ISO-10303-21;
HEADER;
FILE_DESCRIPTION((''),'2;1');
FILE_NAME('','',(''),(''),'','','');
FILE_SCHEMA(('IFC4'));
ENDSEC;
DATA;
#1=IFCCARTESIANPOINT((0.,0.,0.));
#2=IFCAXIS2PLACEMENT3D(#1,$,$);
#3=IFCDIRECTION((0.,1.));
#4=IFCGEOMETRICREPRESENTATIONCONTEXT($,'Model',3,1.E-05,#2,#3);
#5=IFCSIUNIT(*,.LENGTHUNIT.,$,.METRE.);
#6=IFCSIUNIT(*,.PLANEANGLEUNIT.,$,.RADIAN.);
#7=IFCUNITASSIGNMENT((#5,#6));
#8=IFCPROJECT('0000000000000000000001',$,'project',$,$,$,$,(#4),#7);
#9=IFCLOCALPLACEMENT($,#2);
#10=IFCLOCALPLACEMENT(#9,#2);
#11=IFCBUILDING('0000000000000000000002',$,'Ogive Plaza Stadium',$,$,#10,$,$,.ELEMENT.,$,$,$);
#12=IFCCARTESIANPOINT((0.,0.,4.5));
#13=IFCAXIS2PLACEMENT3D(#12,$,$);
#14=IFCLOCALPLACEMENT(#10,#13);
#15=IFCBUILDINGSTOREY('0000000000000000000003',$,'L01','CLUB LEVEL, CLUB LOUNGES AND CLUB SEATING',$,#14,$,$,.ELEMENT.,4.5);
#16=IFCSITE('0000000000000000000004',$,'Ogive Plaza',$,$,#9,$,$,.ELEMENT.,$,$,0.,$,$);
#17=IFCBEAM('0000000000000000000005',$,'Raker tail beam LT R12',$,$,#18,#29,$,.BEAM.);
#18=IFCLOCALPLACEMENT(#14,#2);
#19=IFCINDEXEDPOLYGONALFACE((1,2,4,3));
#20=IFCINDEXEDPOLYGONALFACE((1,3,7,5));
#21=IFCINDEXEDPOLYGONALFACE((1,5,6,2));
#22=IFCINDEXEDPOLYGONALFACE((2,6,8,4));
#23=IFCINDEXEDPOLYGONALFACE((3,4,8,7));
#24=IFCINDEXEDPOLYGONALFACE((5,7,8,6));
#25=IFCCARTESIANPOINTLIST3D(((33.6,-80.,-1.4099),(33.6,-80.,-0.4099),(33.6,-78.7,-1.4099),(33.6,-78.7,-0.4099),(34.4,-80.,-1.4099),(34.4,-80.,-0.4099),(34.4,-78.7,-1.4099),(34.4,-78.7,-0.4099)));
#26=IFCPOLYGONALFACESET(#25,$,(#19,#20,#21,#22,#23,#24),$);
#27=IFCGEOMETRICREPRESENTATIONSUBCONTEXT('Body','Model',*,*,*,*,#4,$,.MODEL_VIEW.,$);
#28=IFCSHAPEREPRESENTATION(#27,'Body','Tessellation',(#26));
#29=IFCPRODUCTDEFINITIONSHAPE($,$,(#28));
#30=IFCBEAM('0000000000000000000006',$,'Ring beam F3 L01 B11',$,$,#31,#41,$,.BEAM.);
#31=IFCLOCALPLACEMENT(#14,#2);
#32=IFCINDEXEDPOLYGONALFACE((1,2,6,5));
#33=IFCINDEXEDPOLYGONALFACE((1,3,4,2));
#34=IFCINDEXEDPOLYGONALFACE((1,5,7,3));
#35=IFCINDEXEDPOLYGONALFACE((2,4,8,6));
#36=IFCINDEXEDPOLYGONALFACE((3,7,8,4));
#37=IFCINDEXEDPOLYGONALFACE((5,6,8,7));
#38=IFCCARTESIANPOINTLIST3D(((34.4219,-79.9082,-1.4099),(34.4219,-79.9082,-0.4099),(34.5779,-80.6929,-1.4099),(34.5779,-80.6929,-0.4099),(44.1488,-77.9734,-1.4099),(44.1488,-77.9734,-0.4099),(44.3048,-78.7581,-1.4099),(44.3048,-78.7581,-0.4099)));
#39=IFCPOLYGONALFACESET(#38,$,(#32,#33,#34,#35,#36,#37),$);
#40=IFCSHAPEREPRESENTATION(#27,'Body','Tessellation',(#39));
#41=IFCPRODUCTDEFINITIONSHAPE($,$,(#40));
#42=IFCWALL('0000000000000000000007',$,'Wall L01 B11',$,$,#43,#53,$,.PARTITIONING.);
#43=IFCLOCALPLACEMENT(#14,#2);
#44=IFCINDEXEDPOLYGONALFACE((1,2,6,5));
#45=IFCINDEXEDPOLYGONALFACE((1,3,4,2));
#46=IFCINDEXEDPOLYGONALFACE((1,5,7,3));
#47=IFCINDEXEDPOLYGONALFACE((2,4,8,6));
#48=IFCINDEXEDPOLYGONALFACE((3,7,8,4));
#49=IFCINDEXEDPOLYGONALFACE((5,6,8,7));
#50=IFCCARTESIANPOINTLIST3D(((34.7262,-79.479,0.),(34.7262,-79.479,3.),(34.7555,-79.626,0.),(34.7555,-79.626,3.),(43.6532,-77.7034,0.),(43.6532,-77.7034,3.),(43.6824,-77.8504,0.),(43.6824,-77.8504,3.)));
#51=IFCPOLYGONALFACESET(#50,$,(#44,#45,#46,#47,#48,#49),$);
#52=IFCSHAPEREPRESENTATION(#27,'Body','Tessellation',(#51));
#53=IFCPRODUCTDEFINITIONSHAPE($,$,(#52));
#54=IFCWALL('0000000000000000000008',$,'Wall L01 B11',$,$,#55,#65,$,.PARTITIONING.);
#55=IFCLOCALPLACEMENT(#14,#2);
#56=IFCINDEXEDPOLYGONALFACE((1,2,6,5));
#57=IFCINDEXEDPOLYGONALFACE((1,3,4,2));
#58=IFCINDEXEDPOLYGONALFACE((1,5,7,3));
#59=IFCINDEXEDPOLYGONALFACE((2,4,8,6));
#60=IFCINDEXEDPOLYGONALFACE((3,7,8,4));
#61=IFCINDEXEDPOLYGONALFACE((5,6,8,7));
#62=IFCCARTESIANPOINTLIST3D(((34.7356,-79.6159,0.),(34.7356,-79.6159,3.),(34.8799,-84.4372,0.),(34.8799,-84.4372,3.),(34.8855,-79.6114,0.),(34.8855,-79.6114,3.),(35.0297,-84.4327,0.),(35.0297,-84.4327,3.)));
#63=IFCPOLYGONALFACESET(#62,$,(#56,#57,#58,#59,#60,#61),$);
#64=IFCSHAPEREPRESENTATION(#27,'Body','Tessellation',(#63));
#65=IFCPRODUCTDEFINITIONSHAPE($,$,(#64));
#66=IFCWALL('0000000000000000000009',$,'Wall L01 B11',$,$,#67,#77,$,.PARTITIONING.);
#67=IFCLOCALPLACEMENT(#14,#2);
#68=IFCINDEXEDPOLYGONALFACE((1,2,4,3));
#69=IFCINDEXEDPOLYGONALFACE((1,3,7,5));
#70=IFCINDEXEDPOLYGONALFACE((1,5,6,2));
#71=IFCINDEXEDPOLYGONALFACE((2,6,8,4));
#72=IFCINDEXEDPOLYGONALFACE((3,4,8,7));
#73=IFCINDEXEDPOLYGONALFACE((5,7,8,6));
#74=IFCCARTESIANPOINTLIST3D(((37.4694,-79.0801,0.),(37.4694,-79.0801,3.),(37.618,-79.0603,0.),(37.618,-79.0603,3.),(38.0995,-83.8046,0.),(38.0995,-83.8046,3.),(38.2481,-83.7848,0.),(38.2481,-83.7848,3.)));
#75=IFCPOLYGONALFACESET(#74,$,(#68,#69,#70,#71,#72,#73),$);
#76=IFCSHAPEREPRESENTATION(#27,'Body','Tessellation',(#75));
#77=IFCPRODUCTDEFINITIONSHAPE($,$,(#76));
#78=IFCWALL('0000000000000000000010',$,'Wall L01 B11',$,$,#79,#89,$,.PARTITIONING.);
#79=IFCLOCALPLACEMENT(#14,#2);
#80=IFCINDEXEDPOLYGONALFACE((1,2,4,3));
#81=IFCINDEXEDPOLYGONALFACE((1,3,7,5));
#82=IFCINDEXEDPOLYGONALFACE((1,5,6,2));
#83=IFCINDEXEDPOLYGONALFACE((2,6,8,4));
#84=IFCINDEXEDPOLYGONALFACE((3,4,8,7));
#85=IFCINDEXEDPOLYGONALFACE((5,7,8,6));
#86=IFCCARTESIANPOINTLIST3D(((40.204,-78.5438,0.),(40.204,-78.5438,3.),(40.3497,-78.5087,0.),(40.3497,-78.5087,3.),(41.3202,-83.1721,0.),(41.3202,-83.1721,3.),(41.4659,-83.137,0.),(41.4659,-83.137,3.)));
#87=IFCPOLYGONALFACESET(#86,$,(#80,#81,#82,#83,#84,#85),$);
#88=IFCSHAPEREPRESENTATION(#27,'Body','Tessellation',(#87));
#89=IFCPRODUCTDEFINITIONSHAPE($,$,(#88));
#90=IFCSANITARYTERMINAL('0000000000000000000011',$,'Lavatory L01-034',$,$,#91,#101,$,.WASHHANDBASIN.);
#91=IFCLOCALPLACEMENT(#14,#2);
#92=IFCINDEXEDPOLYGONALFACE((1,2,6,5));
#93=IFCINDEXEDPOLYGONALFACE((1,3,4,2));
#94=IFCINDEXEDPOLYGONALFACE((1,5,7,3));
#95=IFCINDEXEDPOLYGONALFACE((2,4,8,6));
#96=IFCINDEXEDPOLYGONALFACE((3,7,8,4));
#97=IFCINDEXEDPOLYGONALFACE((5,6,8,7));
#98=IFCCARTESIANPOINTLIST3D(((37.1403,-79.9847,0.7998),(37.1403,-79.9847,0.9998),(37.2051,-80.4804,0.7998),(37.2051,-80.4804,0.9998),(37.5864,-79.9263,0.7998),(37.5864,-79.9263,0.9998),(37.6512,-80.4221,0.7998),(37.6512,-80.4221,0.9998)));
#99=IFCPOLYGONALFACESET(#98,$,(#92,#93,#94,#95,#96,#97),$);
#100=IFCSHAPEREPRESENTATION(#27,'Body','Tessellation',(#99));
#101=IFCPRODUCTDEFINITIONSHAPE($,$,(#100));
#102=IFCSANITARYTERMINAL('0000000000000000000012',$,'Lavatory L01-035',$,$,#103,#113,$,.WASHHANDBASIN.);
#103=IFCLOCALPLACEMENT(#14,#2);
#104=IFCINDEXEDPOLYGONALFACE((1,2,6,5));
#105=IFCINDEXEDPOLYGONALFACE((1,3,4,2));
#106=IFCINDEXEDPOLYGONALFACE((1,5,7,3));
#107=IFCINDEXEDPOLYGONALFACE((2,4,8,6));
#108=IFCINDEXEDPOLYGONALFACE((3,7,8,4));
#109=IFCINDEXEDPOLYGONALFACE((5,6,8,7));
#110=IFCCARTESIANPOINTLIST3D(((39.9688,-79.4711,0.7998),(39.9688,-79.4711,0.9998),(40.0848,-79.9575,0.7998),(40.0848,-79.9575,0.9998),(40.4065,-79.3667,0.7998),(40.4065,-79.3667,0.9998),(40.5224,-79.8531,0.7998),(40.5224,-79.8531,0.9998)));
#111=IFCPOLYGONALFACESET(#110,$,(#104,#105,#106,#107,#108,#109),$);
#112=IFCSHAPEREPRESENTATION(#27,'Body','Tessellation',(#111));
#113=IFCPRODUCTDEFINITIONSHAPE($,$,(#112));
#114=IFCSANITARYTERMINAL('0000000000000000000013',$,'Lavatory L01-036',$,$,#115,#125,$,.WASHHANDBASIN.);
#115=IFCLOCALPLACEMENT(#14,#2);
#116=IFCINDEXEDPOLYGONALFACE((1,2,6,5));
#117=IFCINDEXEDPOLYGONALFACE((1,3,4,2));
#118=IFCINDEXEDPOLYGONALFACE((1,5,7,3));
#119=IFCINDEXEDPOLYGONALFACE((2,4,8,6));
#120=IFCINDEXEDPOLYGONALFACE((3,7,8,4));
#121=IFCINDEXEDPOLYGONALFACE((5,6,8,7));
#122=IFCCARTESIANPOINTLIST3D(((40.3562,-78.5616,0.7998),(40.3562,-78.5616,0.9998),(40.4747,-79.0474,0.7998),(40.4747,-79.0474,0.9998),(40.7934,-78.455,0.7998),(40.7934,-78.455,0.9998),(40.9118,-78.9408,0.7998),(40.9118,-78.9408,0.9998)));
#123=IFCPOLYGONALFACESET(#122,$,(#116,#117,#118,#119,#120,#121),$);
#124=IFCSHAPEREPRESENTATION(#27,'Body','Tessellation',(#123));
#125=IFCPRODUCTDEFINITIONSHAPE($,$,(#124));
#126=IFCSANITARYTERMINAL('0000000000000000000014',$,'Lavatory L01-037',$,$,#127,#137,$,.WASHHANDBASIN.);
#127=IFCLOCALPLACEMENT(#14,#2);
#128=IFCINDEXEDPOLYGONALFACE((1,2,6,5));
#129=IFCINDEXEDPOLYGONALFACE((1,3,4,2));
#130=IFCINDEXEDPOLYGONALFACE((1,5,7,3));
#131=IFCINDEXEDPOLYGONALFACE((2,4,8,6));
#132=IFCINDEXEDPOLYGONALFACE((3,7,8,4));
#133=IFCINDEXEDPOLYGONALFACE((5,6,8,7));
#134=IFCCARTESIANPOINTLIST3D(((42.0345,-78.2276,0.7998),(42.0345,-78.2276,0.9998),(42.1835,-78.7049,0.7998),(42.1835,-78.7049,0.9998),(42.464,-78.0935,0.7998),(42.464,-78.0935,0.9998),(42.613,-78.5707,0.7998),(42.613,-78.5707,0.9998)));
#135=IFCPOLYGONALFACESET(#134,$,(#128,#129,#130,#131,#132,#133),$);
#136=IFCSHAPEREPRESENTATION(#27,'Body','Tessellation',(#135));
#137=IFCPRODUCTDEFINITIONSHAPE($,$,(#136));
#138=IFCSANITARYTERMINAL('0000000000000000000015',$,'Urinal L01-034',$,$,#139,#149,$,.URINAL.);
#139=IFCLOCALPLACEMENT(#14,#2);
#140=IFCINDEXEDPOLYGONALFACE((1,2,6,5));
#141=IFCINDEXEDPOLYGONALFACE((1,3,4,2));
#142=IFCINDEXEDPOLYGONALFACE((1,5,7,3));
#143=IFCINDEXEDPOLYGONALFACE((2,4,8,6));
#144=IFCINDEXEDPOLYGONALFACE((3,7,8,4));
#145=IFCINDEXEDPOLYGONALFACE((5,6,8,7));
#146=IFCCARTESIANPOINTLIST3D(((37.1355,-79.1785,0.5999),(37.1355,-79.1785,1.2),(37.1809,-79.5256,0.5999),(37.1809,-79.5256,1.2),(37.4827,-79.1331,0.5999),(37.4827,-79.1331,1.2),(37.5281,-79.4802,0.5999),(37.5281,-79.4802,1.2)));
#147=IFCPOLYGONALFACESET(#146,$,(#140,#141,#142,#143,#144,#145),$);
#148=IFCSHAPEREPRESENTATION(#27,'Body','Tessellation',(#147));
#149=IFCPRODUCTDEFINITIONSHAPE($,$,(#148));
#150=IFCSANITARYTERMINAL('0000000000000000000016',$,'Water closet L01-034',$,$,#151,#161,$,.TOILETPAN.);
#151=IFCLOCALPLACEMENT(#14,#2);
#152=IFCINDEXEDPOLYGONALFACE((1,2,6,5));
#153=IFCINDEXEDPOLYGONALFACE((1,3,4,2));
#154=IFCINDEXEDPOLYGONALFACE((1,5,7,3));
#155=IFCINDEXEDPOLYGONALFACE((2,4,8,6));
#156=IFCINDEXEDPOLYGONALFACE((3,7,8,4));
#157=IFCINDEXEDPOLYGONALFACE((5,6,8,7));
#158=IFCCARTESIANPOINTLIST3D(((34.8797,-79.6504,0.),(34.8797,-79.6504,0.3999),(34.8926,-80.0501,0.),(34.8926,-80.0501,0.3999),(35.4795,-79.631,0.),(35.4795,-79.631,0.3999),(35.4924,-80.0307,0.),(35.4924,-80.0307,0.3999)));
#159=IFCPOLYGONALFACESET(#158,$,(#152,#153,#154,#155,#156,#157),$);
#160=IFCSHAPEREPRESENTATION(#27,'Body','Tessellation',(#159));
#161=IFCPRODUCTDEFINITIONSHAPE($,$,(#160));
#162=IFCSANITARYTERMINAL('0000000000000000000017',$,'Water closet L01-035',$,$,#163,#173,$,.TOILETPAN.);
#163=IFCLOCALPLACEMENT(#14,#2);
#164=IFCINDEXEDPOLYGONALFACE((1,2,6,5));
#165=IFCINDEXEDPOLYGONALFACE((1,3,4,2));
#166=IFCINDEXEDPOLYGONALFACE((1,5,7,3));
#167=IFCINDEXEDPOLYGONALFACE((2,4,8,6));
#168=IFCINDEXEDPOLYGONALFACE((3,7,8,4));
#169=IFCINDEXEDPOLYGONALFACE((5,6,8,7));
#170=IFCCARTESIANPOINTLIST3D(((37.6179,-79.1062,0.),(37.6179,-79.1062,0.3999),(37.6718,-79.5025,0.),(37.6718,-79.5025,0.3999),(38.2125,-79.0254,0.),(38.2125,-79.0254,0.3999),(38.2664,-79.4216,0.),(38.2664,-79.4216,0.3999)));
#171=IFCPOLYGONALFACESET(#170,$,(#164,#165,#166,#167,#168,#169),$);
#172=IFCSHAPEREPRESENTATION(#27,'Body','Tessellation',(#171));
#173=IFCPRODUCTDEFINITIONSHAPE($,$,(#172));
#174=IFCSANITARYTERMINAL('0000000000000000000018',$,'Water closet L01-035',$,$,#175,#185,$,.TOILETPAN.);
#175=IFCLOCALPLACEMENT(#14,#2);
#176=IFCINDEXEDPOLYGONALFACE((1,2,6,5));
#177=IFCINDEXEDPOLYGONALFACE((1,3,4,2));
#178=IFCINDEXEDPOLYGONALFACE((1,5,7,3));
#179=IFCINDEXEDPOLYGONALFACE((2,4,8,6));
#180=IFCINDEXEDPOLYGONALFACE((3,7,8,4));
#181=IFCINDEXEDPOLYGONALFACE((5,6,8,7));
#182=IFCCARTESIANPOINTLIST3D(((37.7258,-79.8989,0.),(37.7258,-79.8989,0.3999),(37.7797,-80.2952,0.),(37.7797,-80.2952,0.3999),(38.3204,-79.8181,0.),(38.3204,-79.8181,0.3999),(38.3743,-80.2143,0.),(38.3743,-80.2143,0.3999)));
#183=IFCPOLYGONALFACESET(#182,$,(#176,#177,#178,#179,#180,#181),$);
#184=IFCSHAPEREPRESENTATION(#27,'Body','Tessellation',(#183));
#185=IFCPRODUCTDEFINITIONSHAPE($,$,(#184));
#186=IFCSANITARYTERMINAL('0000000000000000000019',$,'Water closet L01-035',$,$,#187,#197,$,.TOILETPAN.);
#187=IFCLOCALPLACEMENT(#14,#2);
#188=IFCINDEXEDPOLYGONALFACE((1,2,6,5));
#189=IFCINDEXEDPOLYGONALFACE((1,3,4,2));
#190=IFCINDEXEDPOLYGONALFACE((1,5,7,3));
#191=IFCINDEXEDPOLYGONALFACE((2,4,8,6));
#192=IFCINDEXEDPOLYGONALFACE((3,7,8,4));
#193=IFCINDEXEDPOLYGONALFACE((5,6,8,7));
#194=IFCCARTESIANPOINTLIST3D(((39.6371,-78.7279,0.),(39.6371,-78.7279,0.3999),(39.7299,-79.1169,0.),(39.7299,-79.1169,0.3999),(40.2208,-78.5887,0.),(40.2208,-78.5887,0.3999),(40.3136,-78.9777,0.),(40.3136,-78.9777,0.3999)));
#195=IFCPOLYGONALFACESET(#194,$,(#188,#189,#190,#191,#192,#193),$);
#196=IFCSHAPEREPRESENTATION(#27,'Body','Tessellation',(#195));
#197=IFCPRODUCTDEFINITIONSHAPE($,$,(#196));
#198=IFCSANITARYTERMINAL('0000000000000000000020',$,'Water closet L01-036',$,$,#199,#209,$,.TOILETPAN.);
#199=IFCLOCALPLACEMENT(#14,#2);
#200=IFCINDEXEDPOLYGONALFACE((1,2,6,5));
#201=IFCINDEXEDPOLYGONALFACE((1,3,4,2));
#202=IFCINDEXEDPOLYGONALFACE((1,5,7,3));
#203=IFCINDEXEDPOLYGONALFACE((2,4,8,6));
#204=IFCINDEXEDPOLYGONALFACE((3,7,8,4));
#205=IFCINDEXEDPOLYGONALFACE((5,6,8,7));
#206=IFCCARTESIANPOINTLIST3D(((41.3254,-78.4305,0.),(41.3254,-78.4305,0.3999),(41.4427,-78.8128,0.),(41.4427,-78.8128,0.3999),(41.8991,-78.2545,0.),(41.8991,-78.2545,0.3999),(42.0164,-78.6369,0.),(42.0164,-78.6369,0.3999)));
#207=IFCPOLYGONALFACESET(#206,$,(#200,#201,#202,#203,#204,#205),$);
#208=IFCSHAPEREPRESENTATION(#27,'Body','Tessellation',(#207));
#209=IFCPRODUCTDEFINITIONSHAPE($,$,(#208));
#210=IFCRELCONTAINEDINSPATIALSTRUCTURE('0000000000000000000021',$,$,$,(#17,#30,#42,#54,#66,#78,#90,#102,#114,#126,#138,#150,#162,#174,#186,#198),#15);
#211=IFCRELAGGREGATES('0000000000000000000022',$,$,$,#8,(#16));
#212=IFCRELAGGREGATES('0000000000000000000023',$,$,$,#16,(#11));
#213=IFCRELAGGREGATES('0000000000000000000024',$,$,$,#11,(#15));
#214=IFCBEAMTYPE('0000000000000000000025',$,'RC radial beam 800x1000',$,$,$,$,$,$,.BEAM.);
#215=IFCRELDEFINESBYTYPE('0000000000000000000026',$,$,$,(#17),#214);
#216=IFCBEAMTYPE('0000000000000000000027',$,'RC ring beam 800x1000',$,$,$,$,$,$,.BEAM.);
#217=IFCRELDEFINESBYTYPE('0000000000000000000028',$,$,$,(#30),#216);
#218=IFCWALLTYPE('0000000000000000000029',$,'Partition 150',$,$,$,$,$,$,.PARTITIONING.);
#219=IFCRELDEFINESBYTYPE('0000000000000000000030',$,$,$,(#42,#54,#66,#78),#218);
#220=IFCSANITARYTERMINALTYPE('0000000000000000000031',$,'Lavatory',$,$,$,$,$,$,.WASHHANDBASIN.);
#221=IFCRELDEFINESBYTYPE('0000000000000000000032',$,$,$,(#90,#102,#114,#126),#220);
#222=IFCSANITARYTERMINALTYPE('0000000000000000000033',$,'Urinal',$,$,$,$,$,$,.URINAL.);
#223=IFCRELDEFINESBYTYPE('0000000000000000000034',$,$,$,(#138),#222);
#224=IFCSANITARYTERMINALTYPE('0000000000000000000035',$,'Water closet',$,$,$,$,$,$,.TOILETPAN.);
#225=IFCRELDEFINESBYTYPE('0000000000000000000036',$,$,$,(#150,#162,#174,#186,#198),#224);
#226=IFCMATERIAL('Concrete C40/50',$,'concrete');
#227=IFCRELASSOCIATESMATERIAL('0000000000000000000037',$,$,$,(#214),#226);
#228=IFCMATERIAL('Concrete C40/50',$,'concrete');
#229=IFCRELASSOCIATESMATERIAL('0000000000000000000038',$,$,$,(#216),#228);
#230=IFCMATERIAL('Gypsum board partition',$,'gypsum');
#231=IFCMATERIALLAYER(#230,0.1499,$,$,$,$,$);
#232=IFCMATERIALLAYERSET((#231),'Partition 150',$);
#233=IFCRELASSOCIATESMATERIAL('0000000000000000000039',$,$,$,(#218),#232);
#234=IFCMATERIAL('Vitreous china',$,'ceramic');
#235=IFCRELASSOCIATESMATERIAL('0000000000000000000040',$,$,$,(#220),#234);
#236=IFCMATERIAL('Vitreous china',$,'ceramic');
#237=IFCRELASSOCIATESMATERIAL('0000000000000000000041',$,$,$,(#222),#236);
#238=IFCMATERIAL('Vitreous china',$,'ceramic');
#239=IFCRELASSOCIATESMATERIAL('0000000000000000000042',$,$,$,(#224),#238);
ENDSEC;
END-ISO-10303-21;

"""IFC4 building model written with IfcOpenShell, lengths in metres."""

from ifc_helpers import new_model, si_unit, direction, frame, frame_2d, origin, origin_2d, place, context, subcontext, project, spatial, rectangle, extrude, material, layer, layer_set, material_profile, profile_set, type_object, element, save


model = new_model("IFC4")

# Units and contexts
model_context = context("Model", 3, precision=1e-05, world=origin(), true_north=direction((0.0, 1.0)))
body_context = subcontext(model_context, "Body", "Model", "MODEL_VIEW")
ifc_project = project(units=[si_unit("LENGTHUNIT", "METRE"), si_unit("PLANEANGLEUNIT", "RADIAN")], contexts=[model_context])

# Site, building, storey
site_placement = place(None, origin())
site = spatial("IfcSite", under=ifc_project, at=site_placement, Name="Ogive Plaza", CompositionType="ELEMENT", RefElevation=0.0)
building_placement = place(site_placement, origin())
building = spatial("IfcBuilding", under=site, at=building_placement, Name="Ogive Plaza Stadium", CompositionType="ELEMENT")
storey_placement = place(building_placement, frame((0.0, 0.0, 4.5)))
storey = spatial("IfcBuildingStorey", under=building, at=storey_placement, Name="L01", Description="CLUB LEVEL, CLUB LOUNGES AND CLUB SEATING", CompositionType="ELEMENT", Elevation=4.5)

# Beams
ifc_material_1 = material(Name="Concrete C40/50", Category="concrete")
ifc_material_profile_1 = material_profile(ifc_material_1, rectangle(XDim=0.8, YDim=1.0, at=origin_2d()), Name="RC 800x1000")
ifc_profile_set_1 = profile_set([ifc_material_profile_1], Name="Concrete C40/50")
beam_type_1 = type_object("IfcBeamType", Name="RC radial beam 800x1000", PredefinedType="BEAM", material=ifc_profile_set_1)
beam_1_placement = place(storey_placement, frame((34.0, -78.7, -0.9099), z_axis=(0.0, -1.0, 0.0), x_axis=(1.0, 0.0, 0.0)))
element("IfcBeam", 1, at=beam_1_placement, inside=storey, type_object=beam_type_1, Name="Raker tail beam LT R12", PredefinedType="BEAM", context=body_context, shape_type="SweptSolid", body=[
    extrude(rectangle(XDim=0.8, YDim=1.0, at=origin_2d()), origin(), (0.0, 0.0, 1.0), 1.3),
])
ifc_material_2 = material(Name="Concrete C40/50", Category="concrete")
ifc_material_profile_2 = material_profile(ifc_material_2, rectangle(XDim=0.8, YDim=1.0, at=origin_2d()), Name="RC 800x1000")
ifc_profile_set_2 = profile_set([ifc_material_profile_2], Name="Concrete C40/50")
beam_type_2 = type_object("IfcBeamType", Name="RC ring beam 800x1000", PredefinedType="BEAM", material=ifc_profile_set_2)
beam_2_placement = place(storey_placement, frame((44.2268, -78.3657, -0.9099), z_axis=(-0.980785, -0.195093, 0.0), x_axis=(0.195093, -0.980785, 0.0)))
element("IfcBeam", 2, at=beam_2_placement, inside=storey, type_object=beam_type_2, Name="Ring beam F3 L01 B11", PredefinedType="BEAM", context=body_context, shape_type="SweptSolid", body=[
    extrude(rectangle(XDim=0.8, YDim=1.0, at=origin_2d()), origin(), (0.0, 0.0, 1.0), 9.9175),
])

# Walls
ifc_material_3 = material(Name="Gypsum board partition", Category="gypsum")
ifc_layer = layer(ifc_material_3, 0.1499)
ifc_layer_set = layer_set([ifc_layer], Name="Partition 150")
wall_type = type_object("IfcWallType", Name="Partition 150", PredefinedType="PARTITIONING", material=ifc_layer_set)
wall_1_placement = place(storey_placement, frame((34.741, -79.5525, 0.0), z_axis=(0.0, 0.0, 1.0), x_axis=(0.980786, 0.195084, 0.0)))
element("IfcWall", 3, at=wall_1_placement, inside=storey, type_object=wall_type, Name="Wall L01 B11", PredefinedType="PARTITIONING", context=body_context, shape_type="SweptSolid", body=[
    extrude(rectangle(XDim=9.1018, YDim=0.1499, at=frame_2d((4.5508, 0.0))), origin(), (0.0, 0.0, 1.0), 3.0),
])
wall_2_placement = place(storey_placement, frame((34.8105, -79.6138, 0.0), z_axis=(0.0, 0.0, 1.0), x_axis=(0.029914, -0.999552, 0.0)))
element("IfcWall", 4, at=wall_2_placement, inside=storey, type_object=wall_type, Name="Wall L01 B11", PredefinedType="PARTITIONING", context=body_context, shape_type="SweptSolid", body=[
    extrude(rectangle(XDim=4.8235, YDim=0.1499, at=frame_2d((2.4116, 0.0))), origin(), (0.0, 0.0, 1.0), 3.0),
])
wall_3_placement = place(storey_placement, frame((37.5437, -79.0701, 0.0), z_axis=(0.0, 0.0, 1.0), x_axis=(0.132201, -0.991223, 0.0)))
element("IfcWall", 5, at=wall_3_placement, inside=storey, type_object=wall_type, Name="Wall L01 B11", PredefinedType="PARTITIONING", context=body_context, shape_type="SweptSolid", body=[
    extrude(rectangle(XDim=4.7664, YDim=0.1499, at=frame_2d((2.3833, 0.0))), origin(), (0.0, 0.0, 1.0), 3.0),
])
wall_4_placement = place(storey_placement, frame((40.2769, -78.5264, 0.0), z_axis=(0.0, 0.0, 1.0), x_axis=(0.234455, -0.972127, 0.0)))
element("IfcWall", 6, at=wall_4_placement, inside=storey, type_object=wall_type, Name="Wall L01 B11", PredefinedType="PARTITIONING", context=body_context, shape_type="SweptSolid", body=[
    extrude(rectangle(XDim=4.761, YDim=0.1499, at=frame_2d((2.3804, 0.0))), origin(), (0.0, 0.0, 1.0), 3.0),
])

# Sanitary terminals
ifc_material_4 = material(Name="Vitreous china", Category="ceramic")
sanitary_terminal_type_1 = type_object("IfcSanitaryTerminalType", Name="Lavatory", PredefinedType="WASHHANDBASIN", material=ifc_material_4)
for number, where, z_axis, x_axis, name in (
    (7, (37.3958, -80.2034, 0.7998), (0.0, 0.0, 1.0), (0.129661, -0.991558, 0.0), "Lavatory L01-034"),
    (8, (40.2456, -79.6621, 0.7998), (0.0, 0.0, 1.0), (0.231948, -0.972728, 0.0), "Lavatory L01-035"),
    (9, (40.634, -78.7512, 0.7998), (0.0, 0.0, 1.0), (0.236947, -0.971523, 0.0), "Lavatory L01-036"),
    (10, (42.3237, -78.3992, 0.7998), (0.0, 0.0, 1.0), (0.29809, -0.954538, 0.0), "Lavatory L01-037"),
):
    element("IfcSanitaryTerminal", number, at=place(storey_placement, frame(where, z_axis=z_axis, x_axis=x_axis)), inside=storey, type_object=sanitary_terminal_type_1, Name=name, PredefinedType="WASHHANDBASIN", context=body_context, shape_type="SweptSolid", body=[
        extrude(rectangle(XDim=0.5, YDim=0.45, at=origin_2d()), origin(), (0.0, 0.0, 1.0), 0.2),
    ])
ifc_material_5 = material(Name="Vitreous china", Category="ceramic")
sanitary_terminal_type_2 = type_object("IfcSanitaryTerminalType", Name="Urinal", PredefinedType="URINAL", material=ifc_material_5)
sanitary_terminal_placement = place(storey_placement, frame((37.3318, -79.3293, 0.5999), z_axis=(0.0, 0.0, 1.0), x_axis=(0.129661, -0.991558, 0.0)))
element("IfcSanitaryTerminal", 11, at=sanitary_terminal_placement, inside=storey, type_object=sanitary_terminal_type_2, Name="Urinal L01-034", PredefinedType="URINAL", context=body_context, shape_type="SweptSolid", body=[
    extrude(rectangle(XDim=0.3501, YDim=0.3501, at=origin_2d()), origin(), (0.0, 0.0, 1.0), 0.6001),
])
ifc_material_6 = material(Name="Vitreous china", Category="ceramic")
sanitary_terminal_type_3 = type_object("IfcSanitaryTerminalType", Name="Water closet", PredefinedType="TOILETPAN", material=ifc_material_6)
for number, where, z_axis, x_axis, name in (
    (12, (35.186, -79.8406, 0.0), (0.0, 0.0, 1.0), (0.032388, -0.999475, 0.0), "Water closet L01-034"),
    (13, (37.9421, -79.2639, 0.0), (0.0, 0.0, 1.0), (0.134744, -0.99088, 0.0), "Water closet L01-035"),
    (14, (38.05, -80.0566, 0.0), (0.0, 0.0, 1.0), (0.134744, -0.99088, 0.0), "Water closet L01-035"),
    (15, (39.9753, -78.8528, 0.0), (0.0, 0.0, 1.0), (0.231948, -0.972728, 0.0), "Water closet L01-035"),
    (16, (41.6709, -78.5337, 0.0), (0.0, 0.0, 1.0), (0.293224, -0.956044, 0.0), "Water closet L01-036"),
):
    element("IfcSanitaryTerminal", number, at=place(storey_placement, frame(where, z_axis=z_axis, x_axis=x_axis)), inside=storey, type_object=sanitary_terminal_type_3, Name=name, PredefinedType="TOILETPAN", context=body_context, shape_type="SweptSolid", body=[
        extrude(rectangle(XDim=0.3999, YDim=0.6001, at=origin_2d()), origin(), (0.0, 0.0, 1.0), 0.3999),
    ])

save(model, "model.ifc")
